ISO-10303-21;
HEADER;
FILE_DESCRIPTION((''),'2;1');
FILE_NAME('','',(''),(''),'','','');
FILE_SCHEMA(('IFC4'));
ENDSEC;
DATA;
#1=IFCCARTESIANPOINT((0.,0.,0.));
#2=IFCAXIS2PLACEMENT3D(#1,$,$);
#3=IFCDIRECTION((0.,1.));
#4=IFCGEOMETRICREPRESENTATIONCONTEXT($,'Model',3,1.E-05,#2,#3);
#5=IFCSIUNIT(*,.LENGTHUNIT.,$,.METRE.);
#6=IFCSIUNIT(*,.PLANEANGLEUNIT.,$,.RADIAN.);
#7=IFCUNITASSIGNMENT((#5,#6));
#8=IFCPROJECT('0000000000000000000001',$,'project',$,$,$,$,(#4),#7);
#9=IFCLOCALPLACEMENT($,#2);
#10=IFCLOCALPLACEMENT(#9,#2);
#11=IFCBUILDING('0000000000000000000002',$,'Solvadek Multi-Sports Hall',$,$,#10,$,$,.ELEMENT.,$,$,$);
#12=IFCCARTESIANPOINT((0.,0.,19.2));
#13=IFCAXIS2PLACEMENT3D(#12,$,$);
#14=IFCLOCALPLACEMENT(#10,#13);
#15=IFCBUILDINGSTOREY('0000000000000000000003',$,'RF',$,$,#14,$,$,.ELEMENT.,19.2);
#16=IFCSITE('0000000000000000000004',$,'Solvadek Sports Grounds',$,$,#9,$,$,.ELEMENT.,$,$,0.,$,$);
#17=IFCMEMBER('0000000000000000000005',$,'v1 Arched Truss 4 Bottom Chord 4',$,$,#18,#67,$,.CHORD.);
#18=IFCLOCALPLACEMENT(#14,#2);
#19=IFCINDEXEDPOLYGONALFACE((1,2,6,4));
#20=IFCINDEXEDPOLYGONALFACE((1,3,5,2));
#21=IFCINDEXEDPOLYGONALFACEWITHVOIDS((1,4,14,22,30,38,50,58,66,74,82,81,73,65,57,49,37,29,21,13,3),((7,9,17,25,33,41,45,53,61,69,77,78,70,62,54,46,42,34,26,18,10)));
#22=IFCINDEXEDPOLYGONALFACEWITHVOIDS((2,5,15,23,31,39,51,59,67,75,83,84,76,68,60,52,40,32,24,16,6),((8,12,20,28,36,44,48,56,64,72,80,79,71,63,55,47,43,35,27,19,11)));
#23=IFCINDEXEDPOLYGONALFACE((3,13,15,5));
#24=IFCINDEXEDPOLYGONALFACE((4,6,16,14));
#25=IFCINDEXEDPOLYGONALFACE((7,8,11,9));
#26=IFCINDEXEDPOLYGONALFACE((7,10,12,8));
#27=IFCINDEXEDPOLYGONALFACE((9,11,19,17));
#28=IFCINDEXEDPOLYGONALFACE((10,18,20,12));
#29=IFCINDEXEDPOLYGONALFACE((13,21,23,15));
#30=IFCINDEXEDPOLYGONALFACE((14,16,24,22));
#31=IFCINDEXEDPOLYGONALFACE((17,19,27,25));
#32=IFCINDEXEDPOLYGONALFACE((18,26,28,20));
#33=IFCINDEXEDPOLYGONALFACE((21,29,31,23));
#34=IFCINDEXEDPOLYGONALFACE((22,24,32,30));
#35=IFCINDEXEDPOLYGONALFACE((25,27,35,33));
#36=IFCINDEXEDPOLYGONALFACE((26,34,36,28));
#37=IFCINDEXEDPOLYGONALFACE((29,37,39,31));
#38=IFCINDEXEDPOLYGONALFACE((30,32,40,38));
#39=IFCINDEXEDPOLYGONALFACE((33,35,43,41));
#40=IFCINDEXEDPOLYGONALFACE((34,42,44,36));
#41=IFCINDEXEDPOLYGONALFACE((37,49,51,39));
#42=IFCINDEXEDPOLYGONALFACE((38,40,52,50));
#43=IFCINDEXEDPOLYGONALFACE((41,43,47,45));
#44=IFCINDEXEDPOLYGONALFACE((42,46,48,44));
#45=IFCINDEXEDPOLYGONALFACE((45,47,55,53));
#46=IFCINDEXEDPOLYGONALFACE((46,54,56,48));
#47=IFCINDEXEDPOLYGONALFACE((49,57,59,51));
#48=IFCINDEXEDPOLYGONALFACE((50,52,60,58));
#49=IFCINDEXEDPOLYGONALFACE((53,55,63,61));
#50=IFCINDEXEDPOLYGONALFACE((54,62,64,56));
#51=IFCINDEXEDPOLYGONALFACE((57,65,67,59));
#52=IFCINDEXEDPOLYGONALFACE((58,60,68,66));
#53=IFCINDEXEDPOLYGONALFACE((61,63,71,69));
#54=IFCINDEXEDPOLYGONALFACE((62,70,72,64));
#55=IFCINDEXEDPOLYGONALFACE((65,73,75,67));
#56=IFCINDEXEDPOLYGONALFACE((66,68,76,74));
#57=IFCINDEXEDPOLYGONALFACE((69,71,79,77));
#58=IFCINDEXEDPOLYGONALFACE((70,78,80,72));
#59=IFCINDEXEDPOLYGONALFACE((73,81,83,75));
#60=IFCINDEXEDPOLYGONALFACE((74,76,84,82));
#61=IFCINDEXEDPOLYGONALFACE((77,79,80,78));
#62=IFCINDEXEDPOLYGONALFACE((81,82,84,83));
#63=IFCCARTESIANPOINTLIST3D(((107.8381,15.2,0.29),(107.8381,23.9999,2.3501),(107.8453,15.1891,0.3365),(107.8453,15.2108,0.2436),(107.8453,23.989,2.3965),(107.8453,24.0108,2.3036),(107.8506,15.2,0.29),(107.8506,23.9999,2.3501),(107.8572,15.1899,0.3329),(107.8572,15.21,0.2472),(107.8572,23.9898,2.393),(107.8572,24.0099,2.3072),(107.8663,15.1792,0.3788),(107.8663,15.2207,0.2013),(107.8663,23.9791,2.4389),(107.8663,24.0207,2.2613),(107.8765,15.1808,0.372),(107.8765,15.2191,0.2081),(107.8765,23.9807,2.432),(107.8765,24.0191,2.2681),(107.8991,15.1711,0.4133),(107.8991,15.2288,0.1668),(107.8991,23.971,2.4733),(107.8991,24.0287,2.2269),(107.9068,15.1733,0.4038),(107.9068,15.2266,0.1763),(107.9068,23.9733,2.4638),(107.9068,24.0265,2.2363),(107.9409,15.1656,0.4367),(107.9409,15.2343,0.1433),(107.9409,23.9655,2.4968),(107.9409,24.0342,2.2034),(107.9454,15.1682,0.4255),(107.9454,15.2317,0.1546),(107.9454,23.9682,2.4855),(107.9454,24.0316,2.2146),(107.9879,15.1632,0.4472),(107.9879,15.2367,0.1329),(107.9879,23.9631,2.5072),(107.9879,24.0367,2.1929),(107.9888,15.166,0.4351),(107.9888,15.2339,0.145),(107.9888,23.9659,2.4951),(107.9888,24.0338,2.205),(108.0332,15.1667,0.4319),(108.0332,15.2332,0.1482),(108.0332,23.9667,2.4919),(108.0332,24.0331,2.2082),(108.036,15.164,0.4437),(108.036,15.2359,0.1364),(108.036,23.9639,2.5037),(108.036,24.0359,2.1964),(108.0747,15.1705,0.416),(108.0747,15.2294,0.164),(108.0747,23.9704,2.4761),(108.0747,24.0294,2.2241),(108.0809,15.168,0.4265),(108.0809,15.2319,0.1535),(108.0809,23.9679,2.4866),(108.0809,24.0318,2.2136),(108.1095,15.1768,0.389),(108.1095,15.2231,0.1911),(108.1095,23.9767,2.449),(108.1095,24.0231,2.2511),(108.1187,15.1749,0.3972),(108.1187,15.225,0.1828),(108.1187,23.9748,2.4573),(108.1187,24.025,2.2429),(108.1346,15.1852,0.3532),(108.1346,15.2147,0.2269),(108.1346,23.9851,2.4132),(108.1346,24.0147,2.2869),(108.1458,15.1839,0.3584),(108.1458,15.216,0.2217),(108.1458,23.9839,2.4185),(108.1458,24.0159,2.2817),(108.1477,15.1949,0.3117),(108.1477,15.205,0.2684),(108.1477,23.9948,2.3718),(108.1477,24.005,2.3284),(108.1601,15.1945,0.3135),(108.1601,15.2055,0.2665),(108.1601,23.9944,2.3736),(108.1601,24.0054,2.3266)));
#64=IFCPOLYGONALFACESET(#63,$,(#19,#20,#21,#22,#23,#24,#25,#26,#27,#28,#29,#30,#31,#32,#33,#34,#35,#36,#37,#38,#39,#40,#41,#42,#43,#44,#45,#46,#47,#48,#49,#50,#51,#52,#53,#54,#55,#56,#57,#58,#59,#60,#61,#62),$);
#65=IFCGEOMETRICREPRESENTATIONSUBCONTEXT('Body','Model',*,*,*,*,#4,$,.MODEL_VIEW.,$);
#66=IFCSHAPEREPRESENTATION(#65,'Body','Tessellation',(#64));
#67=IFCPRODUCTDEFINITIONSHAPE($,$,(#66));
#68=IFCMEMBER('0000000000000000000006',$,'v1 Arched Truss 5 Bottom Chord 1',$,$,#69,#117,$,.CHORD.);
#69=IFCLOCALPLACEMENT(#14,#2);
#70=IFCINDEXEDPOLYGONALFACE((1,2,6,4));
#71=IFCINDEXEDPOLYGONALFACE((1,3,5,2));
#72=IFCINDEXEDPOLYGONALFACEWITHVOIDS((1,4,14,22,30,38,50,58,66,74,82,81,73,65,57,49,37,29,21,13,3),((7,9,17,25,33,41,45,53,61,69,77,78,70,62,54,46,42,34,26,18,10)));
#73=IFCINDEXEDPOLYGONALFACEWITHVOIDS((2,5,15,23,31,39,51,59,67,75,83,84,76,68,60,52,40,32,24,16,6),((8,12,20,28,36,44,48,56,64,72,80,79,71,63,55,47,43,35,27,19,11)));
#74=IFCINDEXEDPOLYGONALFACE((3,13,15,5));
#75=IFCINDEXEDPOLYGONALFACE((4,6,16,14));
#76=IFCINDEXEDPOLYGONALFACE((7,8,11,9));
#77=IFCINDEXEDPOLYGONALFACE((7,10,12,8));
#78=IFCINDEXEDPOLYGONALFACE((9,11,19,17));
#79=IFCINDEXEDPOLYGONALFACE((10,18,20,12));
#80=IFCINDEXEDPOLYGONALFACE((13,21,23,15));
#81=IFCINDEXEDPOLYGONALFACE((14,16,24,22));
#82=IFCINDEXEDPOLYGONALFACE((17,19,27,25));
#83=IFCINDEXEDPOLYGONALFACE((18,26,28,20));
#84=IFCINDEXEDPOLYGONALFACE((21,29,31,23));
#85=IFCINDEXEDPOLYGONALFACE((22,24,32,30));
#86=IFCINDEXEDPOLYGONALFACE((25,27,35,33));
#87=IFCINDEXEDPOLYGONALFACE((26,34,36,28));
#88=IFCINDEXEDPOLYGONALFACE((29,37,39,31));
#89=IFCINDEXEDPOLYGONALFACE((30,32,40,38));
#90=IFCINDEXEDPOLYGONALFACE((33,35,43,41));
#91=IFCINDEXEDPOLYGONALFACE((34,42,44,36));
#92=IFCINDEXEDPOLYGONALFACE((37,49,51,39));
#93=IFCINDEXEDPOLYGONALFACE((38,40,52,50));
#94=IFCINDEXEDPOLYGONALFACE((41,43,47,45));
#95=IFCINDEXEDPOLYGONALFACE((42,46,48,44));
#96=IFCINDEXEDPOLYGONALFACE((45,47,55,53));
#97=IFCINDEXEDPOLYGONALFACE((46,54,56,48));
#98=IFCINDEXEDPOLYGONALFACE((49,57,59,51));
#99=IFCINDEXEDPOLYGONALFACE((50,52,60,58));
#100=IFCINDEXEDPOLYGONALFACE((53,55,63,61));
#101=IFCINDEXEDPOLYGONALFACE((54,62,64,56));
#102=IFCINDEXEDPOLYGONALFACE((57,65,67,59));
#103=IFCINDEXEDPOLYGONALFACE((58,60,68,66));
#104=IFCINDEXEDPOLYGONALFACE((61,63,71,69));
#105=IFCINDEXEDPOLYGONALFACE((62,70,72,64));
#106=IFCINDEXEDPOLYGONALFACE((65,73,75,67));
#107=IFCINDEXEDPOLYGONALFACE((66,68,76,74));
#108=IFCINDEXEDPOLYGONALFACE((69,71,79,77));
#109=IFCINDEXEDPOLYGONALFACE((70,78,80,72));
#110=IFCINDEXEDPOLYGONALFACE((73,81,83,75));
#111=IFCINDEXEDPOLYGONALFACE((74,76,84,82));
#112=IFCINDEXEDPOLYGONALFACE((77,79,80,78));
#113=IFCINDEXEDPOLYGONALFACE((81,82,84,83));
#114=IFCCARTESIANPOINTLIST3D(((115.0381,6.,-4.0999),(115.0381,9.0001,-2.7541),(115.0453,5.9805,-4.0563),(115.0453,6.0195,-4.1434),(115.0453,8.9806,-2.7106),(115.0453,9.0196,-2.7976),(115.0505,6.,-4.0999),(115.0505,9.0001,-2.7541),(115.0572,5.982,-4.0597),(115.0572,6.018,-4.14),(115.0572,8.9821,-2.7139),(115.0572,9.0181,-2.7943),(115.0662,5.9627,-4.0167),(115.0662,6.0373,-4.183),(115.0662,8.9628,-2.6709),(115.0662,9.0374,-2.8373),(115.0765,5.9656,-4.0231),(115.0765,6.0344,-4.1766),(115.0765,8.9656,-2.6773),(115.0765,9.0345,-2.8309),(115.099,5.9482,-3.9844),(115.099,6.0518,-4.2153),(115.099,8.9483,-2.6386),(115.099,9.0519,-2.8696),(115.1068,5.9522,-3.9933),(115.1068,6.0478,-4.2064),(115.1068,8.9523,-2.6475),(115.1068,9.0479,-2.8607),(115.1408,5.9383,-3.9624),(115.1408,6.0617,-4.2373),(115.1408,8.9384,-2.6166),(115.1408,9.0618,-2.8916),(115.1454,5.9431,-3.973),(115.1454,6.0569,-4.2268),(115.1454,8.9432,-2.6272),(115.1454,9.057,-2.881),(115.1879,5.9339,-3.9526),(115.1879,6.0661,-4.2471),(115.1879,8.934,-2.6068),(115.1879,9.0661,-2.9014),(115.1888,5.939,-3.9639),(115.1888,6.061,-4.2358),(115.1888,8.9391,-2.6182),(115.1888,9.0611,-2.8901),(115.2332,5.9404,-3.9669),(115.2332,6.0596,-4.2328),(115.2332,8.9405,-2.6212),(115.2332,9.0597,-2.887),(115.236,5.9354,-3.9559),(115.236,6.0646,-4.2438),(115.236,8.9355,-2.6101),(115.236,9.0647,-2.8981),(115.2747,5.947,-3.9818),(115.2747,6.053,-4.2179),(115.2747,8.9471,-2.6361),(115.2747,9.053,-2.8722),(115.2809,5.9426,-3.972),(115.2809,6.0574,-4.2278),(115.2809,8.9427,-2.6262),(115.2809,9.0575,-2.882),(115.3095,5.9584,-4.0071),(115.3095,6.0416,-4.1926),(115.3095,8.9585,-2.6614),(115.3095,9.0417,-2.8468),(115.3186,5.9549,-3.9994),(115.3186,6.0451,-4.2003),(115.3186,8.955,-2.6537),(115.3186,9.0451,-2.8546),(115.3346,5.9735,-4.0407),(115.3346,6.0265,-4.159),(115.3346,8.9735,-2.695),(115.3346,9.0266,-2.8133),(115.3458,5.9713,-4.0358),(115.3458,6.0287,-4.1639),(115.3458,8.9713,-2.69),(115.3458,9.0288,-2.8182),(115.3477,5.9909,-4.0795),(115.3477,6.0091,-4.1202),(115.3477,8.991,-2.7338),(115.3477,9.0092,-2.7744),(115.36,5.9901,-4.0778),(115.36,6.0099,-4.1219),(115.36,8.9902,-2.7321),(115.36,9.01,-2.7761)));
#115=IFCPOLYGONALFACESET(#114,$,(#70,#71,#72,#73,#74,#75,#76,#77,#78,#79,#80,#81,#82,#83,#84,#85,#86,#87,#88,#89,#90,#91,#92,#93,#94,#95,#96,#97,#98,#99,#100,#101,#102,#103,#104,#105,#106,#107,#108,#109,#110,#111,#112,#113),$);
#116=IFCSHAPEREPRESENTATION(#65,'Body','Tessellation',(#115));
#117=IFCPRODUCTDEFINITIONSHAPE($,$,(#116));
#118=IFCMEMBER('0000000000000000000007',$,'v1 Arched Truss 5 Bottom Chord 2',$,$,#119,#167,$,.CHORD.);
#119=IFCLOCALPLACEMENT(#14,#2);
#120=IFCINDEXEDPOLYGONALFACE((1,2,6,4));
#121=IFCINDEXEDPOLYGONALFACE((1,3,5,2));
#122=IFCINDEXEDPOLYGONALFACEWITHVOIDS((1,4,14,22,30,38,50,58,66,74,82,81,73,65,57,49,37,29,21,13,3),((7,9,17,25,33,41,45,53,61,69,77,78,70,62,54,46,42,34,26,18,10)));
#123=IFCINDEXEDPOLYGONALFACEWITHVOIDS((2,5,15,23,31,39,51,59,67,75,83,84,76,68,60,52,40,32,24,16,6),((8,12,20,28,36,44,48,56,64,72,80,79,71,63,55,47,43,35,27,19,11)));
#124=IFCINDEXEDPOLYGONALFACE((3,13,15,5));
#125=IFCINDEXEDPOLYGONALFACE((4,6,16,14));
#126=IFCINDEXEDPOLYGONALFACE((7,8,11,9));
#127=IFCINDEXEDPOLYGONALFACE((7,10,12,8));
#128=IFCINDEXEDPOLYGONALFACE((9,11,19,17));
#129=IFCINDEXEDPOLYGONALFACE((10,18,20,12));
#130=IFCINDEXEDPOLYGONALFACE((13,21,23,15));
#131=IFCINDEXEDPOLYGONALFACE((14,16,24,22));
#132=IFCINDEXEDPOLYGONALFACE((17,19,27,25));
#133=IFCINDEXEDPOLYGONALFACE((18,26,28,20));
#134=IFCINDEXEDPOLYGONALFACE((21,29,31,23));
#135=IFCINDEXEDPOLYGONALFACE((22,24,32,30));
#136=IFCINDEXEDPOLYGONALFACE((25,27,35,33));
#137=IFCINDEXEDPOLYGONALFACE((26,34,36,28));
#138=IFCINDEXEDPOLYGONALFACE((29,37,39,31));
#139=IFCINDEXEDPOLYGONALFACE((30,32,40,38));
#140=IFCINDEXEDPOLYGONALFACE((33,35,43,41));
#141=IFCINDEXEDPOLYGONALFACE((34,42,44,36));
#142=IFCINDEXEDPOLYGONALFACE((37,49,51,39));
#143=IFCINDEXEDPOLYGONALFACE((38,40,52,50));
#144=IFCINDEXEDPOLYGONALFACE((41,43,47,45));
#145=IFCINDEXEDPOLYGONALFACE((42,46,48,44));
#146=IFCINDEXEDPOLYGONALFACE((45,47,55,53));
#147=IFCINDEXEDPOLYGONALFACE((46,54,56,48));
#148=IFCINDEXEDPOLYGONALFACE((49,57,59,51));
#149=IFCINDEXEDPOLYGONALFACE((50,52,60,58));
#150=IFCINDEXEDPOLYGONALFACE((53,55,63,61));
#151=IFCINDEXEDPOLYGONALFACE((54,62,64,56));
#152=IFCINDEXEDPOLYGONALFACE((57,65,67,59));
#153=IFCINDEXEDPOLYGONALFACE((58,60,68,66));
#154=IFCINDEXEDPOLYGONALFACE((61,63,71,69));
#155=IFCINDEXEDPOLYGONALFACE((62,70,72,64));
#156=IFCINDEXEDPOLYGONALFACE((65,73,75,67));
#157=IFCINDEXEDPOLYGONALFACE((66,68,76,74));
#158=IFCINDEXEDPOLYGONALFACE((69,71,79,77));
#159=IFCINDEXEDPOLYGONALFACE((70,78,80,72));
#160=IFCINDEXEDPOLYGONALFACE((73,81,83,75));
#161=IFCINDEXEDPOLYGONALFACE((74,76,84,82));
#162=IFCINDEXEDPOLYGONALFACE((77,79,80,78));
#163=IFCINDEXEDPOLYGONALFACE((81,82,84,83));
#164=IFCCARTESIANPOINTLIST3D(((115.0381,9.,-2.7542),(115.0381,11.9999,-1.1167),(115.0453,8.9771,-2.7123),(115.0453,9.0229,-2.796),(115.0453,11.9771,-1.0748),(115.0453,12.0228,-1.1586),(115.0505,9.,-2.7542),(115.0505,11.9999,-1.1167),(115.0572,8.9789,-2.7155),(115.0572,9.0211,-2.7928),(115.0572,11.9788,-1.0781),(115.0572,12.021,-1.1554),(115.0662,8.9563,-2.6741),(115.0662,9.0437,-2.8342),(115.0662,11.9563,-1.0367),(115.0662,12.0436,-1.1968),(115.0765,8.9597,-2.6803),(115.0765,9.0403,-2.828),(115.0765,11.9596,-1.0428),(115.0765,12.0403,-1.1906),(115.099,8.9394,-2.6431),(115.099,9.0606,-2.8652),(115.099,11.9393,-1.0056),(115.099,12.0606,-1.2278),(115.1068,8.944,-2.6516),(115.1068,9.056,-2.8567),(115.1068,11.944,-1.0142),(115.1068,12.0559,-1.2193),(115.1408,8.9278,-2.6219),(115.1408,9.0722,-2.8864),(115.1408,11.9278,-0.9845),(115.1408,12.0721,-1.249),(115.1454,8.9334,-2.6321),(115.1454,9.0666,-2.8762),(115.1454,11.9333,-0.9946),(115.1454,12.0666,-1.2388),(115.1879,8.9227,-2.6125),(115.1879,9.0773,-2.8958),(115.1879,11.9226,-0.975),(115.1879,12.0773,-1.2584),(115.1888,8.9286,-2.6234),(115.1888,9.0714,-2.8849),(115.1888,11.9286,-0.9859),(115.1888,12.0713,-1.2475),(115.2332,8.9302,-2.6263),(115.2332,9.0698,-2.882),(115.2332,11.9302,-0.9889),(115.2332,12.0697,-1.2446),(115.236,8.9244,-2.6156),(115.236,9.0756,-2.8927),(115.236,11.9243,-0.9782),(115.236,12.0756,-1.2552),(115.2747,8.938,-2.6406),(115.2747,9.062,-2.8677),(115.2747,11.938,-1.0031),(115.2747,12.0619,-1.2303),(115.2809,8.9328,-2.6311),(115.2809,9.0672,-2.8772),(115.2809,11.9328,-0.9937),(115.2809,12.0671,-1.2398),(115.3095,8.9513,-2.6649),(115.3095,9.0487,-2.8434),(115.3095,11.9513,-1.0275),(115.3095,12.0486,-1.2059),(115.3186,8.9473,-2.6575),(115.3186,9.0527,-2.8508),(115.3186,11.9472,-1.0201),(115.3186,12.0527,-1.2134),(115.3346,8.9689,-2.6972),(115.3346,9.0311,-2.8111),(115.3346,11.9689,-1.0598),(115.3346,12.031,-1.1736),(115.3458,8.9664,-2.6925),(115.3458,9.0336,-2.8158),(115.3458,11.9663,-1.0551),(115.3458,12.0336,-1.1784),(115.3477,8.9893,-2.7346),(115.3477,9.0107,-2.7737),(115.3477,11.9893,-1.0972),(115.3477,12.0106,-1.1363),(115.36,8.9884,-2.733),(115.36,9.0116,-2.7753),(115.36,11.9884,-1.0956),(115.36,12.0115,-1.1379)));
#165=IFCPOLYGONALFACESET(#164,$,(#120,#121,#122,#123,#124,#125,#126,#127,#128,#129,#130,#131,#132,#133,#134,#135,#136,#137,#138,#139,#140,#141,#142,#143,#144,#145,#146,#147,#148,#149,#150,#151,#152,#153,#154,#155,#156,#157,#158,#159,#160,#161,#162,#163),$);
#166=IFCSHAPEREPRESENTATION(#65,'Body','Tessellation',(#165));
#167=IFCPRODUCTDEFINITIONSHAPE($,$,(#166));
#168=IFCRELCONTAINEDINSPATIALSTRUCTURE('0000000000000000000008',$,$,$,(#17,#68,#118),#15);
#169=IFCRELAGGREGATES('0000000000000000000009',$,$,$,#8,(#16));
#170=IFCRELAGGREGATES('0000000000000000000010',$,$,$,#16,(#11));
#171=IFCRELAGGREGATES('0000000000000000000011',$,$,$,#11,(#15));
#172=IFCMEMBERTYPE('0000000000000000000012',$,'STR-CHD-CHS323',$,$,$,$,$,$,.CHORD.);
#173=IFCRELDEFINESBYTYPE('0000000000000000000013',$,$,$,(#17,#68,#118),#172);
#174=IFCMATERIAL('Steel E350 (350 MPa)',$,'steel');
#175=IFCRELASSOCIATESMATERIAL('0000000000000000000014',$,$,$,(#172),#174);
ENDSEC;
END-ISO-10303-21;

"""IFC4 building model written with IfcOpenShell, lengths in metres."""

from ifc_helpers import new_model, si_unit, direction, frame, origin, origin_2d, place, context, subcontext, project, spatial, hollow_circle, extrude, material, material_profile, profile_set, type_object, element, save


model = new_model("IFC4")

# Units and contexts
model_context = context("Model", 3, precision=1e-05, world=origin(), true_north=direction((0.0, 1.0)))
body_context = subcontext(model_context, "Body", "Model", "MODEL_VIEW")
ifc_project = project(units=[si_unit("LENGTHUNIT", "METRE"), si_unit("PLANEANGLEUNIT", "RADIAN")], contexts=[model_context])

# Site, building, storey
site_placement = place(None, origin())
site = spatial("IfcSite", under=ifc_project, at=site_placement, Name="Solvadek Sports Grounds", CompositionType="ELEMENT", RefElevation=0.0)
building_placement = place(site_placement, origin())
building = spatial("IfcBuilding", under=site, at=building_placement, Name="Solvadek Multi-Sports Hall", CompositionType="ELEMENT")
storey_placement = place(building_placement, frame((0.0, 0.0, 19.2)))
storey = spatial("IfcBuildingStorey", under=building, at=storey_placement, Name="RF", CompositionType="ELEMENT", Elevation=19.2)

# Shared definitions
ifc_material_1 = material(Name="Steel E350 (350 MPa)", Category="steel")

# Members
ifc_material_profile_1 = material_profile(ifc_material_1, hollow_circle(Radius=0.1619, WallThickness=0.0125, at=origin_2d()), Name="CHS 323.9x12.5")
ifc_profile_set_1 = profile_set([ifc_material_profile_1], Name="Steel E350 (350 MPa)")
member_type_1 = type_object("IfcMemberType", Name="STR-CHD-CHS323", PredefinedType="CHORD", material=ifc_profile_set_1)
member_1_placement = place(storey_placement, frame((108.0, 15.2, 0.29), z_axis=(0.0, 0.973677, 0.227934), x_axis=(-1.0, 0.0, 0.0)))
element("IfcMember", 1, at=member_1_placement, inside=storey, type_object=member_type_1, Name="v1 Arched Truss 4 Bottom Chord 4", PredefinedType="CHORD", context=body_context, shape_type="SweptSolid", body=[
    extrude(hollow_circle(Radius=0.1619, WallThickness=0.0125, at=origin_2d()), origin(), (0.0, 0.0, 1.0), 9.0378),
])
member_2_placement = place(storey_placement, frame((115.2, 6.0, -4.0999), z_axis=(0.0, 0.91241, 0.409278), x_axis=(-1.0, 0.0, 0.0)))
element("IfcMember", 2, at=member_2_placement, inside=storey, type_object=member_type_1, Name="v1 Arched Truss 5 Bottom Chord 1", PredefinedType="CHORD", context=body_context, shape_type="SweptSolid", body=[
    extrude(hollow_circle(Radius=0.1619, WallThickness=0.0125, at=origin_2d()), origin(), (0.0, 0.0, 1.0), 3.2881),
])
member_3_placement = place(storey_placement, frame((115.2, 9.0, -2.7542), z_axis=(0.0, 0.877762, 0.479097), x_axis=(-1.0, 0.0, 0.0)))
element("IfcMember", 3, at=member_3_placement, inside=storey, type_object=member_type_1, Name="v1 Arched Truss 5 Bottom Chord 2", PredefinedType="CHORD", context=body_context, shape_type="SweptSolid", body=[
    extrude(hollow_circle(Radius=0.1619, WallThickness=0.0125, at=origin_2d()), origin(), (0.0, 0.0, 1.0), 3.4177),
])

save(model, "model.ifc")
